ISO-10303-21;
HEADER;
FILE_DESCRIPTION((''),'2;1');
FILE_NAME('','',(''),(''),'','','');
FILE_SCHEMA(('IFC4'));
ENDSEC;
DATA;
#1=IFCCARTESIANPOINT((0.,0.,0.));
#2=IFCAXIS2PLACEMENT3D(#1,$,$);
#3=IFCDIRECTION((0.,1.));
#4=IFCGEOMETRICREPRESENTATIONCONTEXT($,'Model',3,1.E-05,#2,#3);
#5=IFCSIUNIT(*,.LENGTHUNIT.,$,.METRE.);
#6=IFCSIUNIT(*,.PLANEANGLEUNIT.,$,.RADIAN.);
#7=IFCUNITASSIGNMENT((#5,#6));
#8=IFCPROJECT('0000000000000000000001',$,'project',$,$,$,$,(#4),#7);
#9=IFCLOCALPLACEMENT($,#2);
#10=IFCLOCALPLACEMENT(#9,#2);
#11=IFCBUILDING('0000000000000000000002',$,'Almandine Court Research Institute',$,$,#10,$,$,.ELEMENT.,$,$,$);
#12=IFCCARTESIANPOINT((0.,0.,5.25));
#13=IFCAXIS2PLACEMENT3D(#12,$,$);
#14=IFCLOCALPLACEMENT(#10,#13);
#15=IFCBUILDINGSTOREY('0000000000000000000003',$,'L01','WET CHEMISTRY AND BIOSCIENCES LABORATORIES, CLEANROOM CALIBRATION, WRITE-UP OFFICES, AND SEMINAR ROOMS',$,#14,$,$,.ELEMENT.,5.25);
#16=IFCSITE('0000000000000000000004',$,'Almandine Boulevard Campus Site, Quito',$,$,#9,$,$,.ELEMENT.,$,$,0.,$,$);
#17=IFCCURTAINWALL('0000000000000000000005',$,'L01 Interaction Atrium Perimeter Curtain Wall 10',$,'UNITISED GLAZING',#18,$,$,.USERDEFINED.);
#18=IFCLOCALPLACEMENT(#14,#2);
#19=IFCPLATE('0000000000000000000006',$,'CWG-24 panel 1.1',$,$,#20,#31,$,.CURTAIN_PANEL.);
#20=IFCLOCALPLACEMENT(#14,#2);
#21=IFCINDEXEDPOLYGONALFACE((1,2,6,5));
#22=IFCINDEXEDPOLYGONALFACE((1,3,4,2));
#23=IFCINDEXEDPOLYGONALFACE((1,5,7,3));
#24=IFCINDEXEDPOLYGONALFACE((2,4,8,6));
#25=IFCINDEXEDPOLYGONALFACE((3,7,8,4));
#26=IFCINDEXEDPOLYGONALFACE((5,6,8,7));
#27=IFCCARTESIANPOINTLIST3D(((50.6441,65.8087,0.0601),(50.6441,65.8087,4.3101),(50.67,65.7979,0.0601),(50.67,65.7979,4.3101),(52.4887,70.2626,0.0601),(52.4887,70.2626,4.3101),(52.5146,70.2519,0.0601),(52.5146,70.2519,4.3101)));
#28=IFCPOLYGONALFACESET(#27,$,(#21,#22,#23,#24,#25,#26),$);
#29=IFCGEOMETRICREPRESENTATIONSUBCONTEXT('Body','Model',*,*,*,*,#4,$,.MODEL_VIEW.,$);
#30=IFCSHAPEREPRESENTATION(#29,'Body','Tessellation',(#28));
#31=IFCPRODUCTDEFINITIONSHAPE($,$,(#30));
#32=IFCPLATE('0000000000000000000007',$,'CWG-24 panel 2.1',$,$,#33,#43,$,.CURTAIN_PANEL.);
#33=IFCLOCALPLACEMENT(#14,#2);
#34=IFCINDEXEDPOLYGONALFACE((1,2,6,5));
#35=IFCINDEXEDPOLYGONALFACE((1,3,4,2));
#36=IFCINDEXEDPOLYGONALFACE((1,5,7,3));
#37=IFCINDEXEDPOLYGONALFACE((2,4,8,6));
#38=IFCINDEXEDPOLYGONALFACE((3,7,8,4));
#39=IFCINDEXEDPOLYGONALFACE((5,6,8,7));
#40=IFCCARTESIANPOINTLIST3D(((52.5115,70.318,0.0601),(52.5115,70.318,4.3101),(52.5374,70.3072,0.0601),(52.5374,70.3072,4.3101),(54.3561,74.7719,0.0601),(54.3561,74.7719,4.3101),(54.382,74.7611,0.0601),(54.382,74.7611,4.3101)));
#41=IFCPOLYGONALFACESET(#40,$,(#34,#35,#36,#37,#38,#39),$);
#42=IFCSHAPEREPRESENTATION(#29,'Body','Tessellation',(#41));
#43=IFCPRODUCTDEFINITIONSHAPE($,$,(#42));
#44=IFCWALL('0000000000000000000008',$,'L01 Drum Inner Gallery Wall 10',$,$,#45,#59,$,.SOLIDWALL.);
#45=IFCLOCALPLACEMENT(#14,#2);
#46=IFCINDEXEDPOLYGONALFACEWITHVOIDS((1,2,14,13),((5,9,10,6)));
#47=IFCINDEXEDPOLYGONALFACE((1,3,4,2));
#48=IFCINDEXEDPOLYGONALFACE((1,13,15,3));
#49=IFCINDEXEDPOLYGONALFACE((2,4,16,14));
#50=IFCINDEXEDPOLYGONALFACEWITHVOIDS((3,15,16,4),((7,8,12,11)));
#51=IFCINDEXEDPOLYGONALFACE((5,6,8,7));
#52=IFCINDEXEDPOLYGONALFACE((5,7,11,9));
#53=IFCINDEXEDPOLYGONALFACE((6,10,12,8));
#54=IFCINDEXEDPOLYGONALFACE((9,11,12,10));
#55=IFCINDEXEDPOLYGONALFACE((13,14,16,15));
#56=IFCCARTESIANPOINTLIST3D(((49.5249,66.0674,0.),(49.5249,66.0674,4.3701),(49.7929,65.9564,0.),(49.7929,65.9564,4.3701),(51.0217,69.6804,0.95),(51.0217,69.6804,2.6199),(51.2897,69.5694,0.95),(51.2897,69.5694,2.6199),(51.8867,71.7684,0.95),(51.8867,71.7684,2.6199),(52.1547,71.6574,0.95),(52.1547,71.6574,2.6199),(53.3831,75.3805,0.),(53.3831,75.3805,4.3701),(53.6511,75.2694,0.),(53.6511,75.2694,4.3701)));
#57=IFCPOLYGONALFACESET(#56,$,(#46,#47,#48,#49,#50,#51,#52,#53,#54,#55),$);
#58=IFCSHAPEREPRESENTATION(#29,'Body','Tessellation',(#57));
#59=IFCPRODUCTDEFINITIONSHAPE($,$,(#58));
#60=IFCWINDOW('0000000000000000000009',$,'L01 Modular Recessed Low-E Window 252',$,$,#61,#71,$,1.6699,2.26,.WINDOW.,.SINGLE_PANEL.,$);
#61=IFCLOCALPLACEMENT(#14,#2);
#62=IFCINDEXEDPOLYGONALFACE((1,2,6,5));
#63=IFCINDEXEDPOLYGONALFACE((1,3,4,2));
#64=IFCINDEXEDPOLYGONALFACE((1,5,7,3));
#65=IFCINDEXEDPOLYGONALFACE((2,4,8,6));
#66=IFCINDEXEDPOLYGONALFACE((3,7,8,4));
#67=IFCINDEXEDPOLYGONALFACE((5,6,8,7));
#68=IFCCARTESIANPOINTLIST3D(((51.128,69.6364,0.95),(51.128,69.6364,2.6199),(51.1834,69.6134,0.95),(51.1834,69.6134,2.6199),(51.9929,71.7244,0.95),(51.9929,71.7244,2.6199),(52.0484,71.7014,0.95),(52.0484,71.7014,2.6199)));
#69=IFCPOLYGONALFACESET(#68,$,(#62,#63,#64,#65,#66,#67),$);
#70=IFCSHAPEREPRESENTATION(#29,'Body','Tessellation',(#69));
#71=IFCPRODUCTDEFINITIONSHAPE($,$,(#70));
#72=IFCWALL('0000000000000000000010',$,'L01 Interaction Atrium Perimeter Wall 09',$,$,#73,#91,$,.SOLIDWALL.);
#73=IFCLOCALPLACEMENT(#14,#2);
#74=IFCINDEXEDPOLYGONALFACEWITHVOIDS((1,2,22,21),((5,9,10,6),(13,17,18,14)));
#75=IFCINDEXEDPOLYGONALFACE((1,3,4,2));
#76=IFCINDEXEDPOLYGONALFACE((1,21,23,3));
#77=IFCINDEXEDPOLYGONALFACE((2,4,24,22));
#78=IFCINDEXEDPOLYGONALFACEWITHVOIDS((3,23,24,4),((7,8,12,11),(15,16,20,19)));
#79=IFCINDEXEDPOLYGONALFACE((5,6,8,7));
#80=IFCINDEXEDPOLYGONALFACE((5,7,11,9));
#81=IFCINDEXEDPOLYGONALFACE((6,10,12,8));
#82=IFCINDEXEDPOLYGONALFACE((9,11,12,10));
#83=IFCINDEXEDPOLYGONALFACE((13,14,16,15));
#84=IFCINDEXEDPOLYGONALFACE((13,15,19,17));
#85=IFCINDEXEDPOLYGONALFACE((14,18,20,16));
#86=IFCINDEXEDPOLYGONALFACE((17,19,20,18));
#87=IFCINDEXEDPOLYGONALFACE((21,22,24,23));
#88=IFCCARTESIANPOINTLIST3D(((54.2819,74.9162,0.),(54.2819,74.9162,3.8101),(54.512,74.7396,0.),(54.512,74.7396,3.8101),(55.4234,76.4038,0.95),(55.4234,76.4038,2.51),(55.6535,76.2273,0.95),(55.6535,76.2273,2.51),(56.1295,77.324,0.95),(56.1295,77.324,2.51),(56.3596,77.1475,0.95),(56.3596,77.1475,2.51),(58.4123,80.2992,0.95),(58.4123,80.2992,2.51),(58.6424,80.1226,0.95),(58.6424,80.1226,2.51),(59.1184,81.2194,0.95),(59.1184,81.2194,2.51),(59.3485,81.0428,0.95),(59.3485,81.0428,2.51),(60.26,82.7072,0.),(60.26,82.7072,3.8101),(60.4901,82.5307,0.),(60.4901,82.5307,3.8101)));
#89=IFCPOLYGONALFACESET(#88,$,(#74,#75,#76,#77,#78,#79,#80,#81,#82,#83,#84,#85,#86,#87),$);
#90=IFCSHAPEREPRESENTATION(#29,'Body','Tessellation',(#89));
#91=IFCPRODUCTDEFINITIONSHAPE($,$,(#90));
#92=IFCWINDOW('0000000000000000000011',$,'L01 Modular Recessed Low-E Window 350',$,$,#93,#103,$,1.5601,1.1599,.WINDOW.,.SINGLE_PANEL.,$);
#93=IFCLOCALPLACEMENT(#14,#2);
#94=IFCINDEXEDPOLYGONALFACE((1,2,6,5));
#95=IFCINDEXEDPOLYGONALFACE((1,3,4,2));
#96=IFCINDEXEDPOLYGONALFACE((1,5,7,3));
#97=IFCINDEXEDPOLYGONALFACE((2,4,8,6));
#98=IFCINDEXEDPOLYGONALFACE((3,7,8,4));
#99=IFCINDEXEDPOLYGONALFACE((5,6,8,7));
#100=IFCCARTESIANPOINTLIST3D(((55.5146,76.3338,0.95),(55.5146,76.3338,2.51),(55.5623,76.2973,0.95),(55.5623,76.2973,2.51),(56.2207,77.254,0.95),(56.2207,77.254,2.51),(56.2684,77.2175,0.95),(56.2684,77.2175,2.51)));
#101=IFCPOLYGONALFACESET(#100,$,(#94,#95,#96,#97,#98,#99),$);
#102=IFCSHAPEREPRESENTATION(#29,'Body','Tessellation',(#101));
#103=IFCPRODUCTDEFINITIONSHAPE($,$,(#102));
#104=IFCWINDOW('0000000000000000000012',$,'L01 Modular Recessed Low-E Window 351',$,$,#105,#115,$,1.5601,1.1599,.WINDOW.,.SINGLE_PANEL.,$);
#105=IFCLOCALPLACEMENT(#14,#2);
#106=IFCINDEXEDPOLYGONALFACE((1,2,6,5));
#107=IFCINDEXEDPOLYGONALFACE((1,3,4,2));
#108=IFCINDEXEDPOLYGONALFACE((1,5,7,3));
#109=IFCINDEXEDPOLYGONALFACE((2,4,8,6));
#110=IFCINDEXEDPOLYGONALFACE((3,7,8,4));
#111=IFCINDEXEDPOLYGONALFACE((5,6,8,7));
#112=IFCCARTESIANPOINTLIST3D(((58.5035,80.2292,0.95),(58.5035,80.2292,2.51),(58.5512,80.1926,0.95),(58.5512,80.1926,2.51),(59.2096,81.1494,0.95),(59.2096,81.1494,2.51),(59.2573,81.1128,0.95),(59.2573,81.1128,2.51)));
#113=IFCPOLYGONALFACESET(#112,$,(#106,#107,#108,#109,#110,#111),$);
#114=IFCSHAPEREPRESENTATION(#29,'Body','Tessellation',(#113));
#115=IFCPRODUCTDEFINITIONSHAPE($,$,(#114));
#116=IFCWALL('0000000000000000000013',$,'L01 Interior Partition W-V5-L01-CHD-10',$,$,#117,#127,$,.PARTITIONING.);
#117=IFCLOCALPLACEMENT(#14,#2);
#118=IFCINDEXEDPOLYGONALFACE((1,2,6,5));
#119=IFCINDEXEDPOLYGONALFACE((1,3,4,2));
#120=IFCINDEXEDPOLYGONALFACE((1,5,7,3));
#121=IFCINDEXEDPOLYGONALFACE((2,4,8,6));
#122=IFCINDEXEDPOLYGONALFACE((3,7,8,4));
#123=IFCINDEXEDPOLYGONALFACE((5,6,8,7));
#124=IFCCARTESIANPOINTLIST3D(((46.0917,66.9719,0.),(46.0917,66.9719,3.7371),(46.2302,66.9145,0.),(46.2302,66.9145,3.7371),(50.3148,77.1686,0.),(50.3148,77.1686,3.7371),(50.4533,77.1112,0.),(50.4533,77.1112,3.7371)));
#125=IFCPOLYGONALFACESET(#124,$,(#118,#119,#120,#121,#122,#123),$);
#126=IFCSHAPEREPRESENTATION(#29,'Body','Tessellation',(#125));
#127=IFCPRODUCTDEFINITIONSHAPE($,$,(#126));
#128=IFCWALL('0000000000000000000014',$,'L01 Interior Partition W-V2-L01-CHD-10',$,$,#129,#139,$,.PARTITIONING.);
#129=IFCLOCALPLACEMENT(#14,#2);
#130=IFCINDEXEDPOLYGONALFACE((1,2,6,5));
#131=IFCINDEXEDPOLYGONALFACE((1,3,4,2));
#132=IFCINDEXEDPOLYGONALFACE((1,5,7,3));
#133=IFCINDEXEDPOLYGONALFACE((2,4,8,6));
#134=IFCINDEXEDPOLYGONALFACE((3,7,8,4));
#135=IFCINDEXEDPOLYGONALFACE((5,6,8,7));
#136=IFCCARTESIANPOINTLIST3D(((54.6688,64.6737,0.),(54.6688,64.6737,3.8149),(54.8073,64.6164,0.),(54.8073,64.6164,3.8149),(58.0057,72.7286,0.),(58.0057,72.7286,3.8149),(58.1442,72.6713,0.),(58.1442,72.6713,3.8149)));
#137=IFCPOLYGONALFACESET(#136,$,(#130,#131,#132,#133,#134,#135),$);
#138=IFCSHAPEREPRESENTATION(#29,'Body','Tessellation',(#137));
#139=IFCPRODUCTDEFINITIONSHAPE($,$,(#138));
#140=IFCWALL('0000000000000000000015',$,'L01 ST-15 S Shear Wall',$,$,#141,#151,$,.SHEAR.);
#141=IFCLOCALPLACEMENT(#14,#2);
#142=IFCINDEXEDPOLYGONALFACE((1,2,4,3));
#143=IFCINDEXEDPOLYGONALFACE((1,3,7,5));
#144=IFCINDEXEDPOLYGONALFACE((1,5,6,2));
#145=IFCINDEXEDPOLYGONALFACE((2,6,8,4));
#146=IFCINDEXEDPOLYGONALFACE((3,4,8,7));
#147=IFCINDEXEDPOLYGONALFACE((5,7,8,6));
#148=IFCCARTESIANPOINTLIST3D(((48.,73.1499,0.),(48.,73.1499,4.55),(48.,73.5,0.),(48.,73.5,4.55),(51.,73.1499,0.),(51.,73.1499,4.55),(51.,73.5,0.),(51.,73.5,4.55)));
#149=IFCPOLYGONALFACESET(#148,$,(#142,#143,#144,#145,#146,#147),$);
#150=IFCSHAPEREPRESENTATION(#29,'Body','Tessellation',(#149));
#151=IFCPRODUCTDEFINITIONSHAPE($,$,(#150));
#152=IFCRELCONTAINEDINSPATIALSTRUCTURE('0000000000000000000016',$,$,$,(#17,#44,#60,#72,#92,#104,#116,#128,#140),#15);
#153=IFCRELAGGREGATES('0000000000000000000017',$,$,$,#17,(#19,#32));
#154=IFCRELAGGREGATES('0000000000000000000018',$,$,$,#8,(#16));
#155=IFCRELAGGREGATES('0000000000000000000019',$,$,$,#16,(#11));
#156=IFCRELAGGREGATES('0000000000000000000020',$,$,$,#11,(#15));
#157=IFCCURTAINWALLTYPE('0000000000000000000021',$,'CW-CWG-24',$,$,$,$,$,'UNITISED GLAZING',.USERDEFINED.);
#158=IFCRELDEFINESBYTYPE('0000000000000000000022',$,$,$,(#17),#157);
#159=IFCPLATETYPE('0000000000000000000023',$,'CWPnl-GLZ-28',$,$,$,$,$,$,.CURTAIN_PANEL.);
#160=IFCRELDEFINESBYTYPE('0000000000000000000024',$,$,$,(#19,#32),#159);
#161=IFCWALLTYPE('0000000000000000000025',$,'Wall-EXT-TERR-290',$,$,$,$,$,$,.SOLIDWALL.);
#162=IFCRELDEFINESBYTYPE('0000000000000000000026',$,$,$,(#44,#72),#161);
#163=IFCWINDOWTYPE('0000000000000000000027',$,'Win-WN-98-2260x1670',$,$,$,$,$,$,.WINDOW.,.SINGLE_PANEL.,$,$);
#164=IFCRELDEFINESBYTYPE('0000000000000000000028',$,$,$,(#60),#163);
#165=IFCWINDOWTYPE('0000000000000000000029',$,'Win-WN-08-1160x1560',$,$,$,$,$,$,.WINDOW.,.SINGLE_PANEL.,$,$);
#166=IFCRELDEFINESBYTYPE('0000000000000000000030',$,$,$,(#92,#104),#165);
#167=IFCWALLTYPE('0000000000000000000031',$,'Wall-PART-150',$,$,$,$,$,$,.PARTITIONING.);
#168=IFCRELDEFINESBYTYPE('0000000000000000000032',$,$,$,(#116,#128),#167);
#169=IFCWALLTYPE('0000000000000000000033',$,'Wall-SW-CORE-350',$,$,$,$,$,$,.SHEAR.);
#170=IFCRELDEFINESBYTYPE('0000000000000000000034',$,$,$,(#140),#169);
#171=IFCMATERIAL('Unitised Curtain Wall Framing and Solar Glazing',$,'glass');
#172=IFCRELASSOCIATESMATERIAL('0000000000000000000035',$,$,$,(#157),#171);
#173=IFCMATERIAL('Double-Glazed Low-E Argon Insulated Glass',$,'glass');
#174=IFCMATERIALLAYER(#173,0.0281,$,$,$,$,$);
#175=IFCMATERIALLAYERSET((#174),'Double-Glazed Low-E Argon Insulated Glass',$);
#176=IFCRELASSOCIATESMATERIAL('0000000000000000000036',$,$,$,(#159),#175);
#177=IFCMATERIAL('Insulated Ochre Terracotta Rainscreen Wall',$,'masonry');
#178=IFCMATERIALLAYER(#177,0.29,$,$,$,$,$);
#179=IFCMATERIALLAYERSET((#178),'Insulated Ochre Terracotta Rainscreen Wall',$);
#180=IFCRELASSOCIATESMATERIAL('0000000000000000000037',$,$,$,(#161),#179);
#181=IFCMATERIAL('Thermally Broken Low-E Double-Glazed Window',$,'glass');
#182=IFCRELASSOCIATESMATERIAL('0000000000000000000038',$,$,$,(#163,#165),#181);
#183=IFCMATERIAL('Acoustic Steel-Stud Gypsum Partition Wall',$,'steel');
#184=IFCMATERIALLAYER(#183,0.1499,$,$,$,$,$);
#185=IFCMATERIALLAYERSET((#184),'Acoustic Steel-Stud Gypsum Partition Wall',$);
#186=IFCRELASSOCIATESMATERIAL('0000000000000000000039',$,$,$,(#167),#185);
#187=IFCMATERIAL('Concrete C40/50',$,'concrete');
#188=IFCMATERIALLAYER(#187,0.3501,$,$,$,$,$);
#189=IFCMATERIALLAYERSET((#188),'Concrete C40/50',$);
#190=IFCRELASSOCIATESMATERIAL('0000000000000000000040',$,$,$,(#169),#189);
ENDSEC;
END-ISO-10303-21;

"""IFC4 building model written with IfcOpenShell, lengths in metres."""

from ifc_helpers import new_model, si_unit, direction, frame, frame_2d, origin, origin_2d, place, context, subcontext, project, spatial, rectangle, extrude, material, layer, layer_set, type_object, element, fill, aggregate, save


model = new_model("IFC4")

# Units and contexts
model_context = context("Model", 3, precision=1e-05, world=origin(), true_north=direction((0.0, 1.0)))
body_context = subcontext(model_context, "Body", "Model", "MODEL_VIEW")
ifc_project = project(units=[si_unit("LENGTHUNIT", "METRE"), si_unit("PLANEANGLEUNIT", "RADIAN")], contexts=[model_context])

# Site, building, storey
site_placement = place(None, origin())
site = spatial("IfcSite", under=ifc_project, at=site_placement, Name="Almandine Boulevard Campus Site, Quito", CompositionType="ELEMENT", RefElevation=0.0)
building_placement = place(site_placement, origin())
building = spatial("IfcBuilding", under=site, at=building_placement, Name="Almandine Court Research Institute", CompositionType="ELEMENT")
storey_placement = place(building_placement, frame((0.0, 0.0, 5.25)))
storey = spatial("IfcBuildingStorey", under=building, at=storey_placement, Name="L01", Description="WET CHEMISTRY AND BIOSCIENCES LABORATORIES, CLEANROOM CALIBRATION, WRITE-UP OFFICES, AND SEMINAR ROOMS", CompositionType="ELEMENT", Elevation=5.25)

# Curtain wall, plates
ifc_material_1 = material(Name="Unitised Curtain Wall Framing and Solar Glazing", Category="glass")
curtain_wall_type = type_object("IfcCurtainWallType", Name="CW-CWG-24", ElementType="UNITISED GLAZING", PredefinedType="USERDEFINED", material=ifc_material_1)
curtain_wall_placement = place(storey_placement, origin())
curtain_wall = element("IfcCurtainWall", 1, at=curtain_wall_placement, inside=storey, type_object=curtain_wall_type, Name="L01 Interaction Atrium Perimeter Curtain Wall 10", ObjectType="UNITISED GLAZING", PredefinedType="USERDEFINED")
ifc_material_2 = material(Name="Double-Glazed Low-E Argon Insulated Glass", Category="glass")
ifc_layer_1 = layer(ifc_material_2, 0.0281)
ifc_layer_set_1 = layer_set([ifc_layer_1], Name="Double-Glazed Low-E Argon Insulated Glass")
plate_type = type_object("IfcPlateType", Name="CWPnl-GLZ-28", PredefinedType="CURTAIN_PANEL", material=ifc_layer_set_1)
plate_1_placement = place(storey_placement, frame((51.5793, 68.0303, 0.0601), z_axis=(0.0, 0.0, 1.0), x_axis=(0.382634, 0.9239, 0.0)))
plate_1 = element("IfcPlate", 2, at=plate_1_placement, type_object=plate_type, Name="CWG-24 panel 1.1", PredefinedType="CURTAIN_PANEL", context=body_context, shape_type="SweptSolid", body=[
    extrude(rectangle(XDim=4.8208, YDim=0.0281, at=origin_2d()), origin(), (0.0, 0.0, 1.0), 4.25),
])
plate_2_placement = place(storey_placement, frame((53.4468, 72.5396, 0.0601), z_axis=(0.0, 0.0, 1.0), x_axis=(0.382634, 0.9239, 0.0)))
plate_2 = element("IfcPlate", 3, at=plate_2_placement, type_object=plate_type, Name="CWG-24 panel 2.1", PredefinedType="CURTAIN_PANEL", context=body_context, shape_type="SweptSolid", body=[
    extrude(rectangle(XDim=4.8208, YDim=0.0281, at=origin_2d()), origin(), (0.0, 0.0, 1.0), 4.25),
])
aggregate(curtain_wall, [plate_1, plate_2])

# Wall, opening, window
ifc_material_3 = material(Name="Insulated Ochre Terracotta Rainscreen Wall", Category="masonry")
ifc_layer_2 = layer(ifc_material_3, 0.29)
ifc_layer_set_2 = layer_set([ifc_layer_2], Name="Insulated Ochre Terracotta Rainscreen Wall")
wall_type_1 = type_object("IfcWallType", Name="Wall-EXT-TERR-290", PredefinedType="SOLIDWALL", material=ifc_layer_set_2)
wall_1_placement = place(storey_placement, frame((53.5171, 75.325, 0.0), z_axis=(0.0, 0.0, 1.0), x_axis=(-0.382733, -0.923859, 0.0)))
wall_1 = element("IfcWall", 4, at=wall_1_placement, inside=storey, type_object=wall_type_1, Name="L01 Drum Inner Gallery Wall 10", PredefinedType="SOLIDWALL", context=body_context, shape_type="SweptSolid", body=[
    extrude(rectangle(XDim=10.0806, YDim=0.29, at=frame_2d((5.0403, 0.0))), origin(), (0.0, 0.0, 1.0), 4.3701),
])
opening_1_placement = place(wall_1_placement, frame((3.9099, 0.0, 0.95)))
opening_1 = element("IfcOpeningElement", 5, at=opening_1_placement, cuts=wall_1, PredefinedType="OPENING", context=body_context, shape_type="SweptSolid", body=[
    extrude(rectangle(XDim=2.26, YDim=1.6699, at=frame_2d((1.1299, 0.835))), frame((0.0, 0.155, 0.0), z_axis=(0.0, -1.0, 0.0), x_axis=(1.0, 0.0, 0.0)), (0.0, 0.0, 1.0), 0.3101),
])
ifc_material_4 = material(Name="Thermally Broken Low-E Double-Glazed Window", Category="glass")
window_type_1 = type_object("IfcWindowType", Name="Win-WN-98-2260x1670", PartitioningType="SINGLE_PANEL", PredefinedType="WINDOW", material=ifc_material_4)
window_1_placement = place(opening_1_placement, origin())
window_1 = element("IfcWindow", 6, at=window_1_placement, inside=storey, type_object=window_type_1, Name="L01 Modular Recessed Low-E Window 252", OverallHeight=1.6699, OverallWidth=2.26, PartitioningType="SINGLE_PANEL", PredefinedType="WINDOW", context=body_context, shape_type="SweptSolid", body=[
    extrude(rectangle(XDim=2.26, YDim=1.6699, at=frame_2d((1.1299, 0.835))), frame((0.0, 0.03, 0.0), z_axis=(0.0, -1.0, 0.0), x_axis=(1.0, 0.0, 0.0)), (0.0, 0.0, 1.0), 0.0601),
])
fill(opening_1, window_1)

# Wall, openings, windows
wall_2_placement = place(storey_placement, frame((54.397, 74.8279, 0.0), z_axis=(0.0, 0.0, 1.0), x_axis=(0.608747, 0.793365, 0.0)))
wall_2 = element("IfcWall", 7, at=wall_2_placement, inside=storey, type_object=wall_type_1, Name="L01 Interaction Atrium Perimeter Wall 09", PredefinedType="SOLIDWALL", context=body_context, shape_type="SweptSolid", body=[
    extrude(rectangle(XDim=9.8203, YDim=0.29, at=frame_2d((4.9102, 0.0))), origin(), (0.0, 0.0, 1.0), 3.8101),
])
opening_2_placement = place(wall_2_placement, frame((1.875, 0.0, 0.95)))
opening_2 = element("IfcOpeningElement", 8, at=opening_2_placement, cuts=wall_2, PredefinedType="OPENING", context=body_context, shape_type="SweptSolid", body=[
    extrude(rectangle(XDim=1.1599, YDim=1.5601, at=frame_2d((0.5801, 0.78))), frame((0.0, 0.155, 0.0), z_axis=(0.0, -1.0, 0.0), x_axis=(1.0, 0.0, 0.0)), (0.0, 0.0, 1.0), 0.3101),
])
opening_3_placement = place(wall_2_placement, frame((6.7849, 0.0, 0.95)))
opening_3 = element("IfcOpeningElement", 9, at=opening_3_placement, cuts=wall_2, PredefinedType="OPENING", context=body_context, shape_type="SweptSolid", body=[
    extrude(rectangle(XDim=1.1599, YDim=1.5601, at=frame_2d((0.5801, 0.78))), frame((0.0, 0.155, 0.0), z_axis=(0.0, -1.0, 0.0), x_axis=(1.0, 0.0, 0.0)), (0.0, 0.0, 1.0), 0.3101),
])
window_type_2 = type_object("IfcWindowType", Name="Win-WN-08-1160x1560", PartitioningType="SINGLE_PANEL", PredefinedType="WINDOW", material=ifc_material_4)
window_2_placement = place(opening_2_placement, origin())
window_2 = element("IfcWindow", 10, at=window_2_placement, inside=storey, type_object=window_type_2, Name="L01 Modular Recessed Low-E Window 350", OverallHeight=1.5601, OverallWidth=1.1599, PartitioningType="SINGLE_PANEL", PredefinedType="WINDOW", context=body_context, shape_type="SweptSolid", body=[
    extrude(rectangle(XDim=1.1599, YDim=1.5601, at=frame_2d((0.5801, 0.78))), frame((0.0, 0.03, 0.0), z_axis=(0.0, -1.0, 0.0), x_axis=(1.0, 0.0, 0.0)), (0.0, 0.0, 1.0), 0.0601),
])
fill(opening_2, window_2)
window_3_placement = place(opening_3_placement, origin())
window_3 = element("IfcWindow", 11, at=window_3_placement, inside=storey, type_object=window_type_2, Name="L01 Modular Recessed Low-E Window 351", OverallHeight=1.5601, OverallWidth=1.1599, PartitioningType="SINGLE_PANEL", PredefinedType="WINDOW", context=body_context, shape_type="SweptSolid", body=[
    extrude(rectangle(XDim=1.1599, YDim=1.5601, at=frame_2d((0.5801, 0.78))), frame((0.0, 0.03, 0.0), z_axis=(0.0, -1.0, 0.0), x_axis=(1.0, 0.0, 0.0)), (0.0, 0.0, 1.0), 0.0601),
])
fill(opening_3, window_3)

# Walls
ifc_material_5 = material(Name="Acoustic Steel-Stud Gypsum Partition Wall", Category="steel")
ifc_layer_3 = layer(ifc_material_5, 0.1499)
ifc_layer_set_3 = layer_set([ifc_layer_3], Name="Acoustic Steel-Stud Gypsum Partition Wall")
wall_type_2 = type_object("IfcWallType", Name="Wall-PART-150", PredefinedType="PARTITIONING", material=ifc_layer_set_3)
wall_3_placement = place(storey_placement, frame((50.384, 77.1399, 0.0), z_axis=(0.0, 0.0, 1.0), x_axis=(-0.382645, -0.923896, 0.0)))
element("IfcWall", 12, at=wall_3_placement, inside=storey, type_object=wall_type_2, Name="L01 Interior Partition W-V5-L01-CHD-10", PredefinedType="PARTITIONING", context=body_context, shape_type="SweptSolid", body=[
    extrude(rectangle(XDim=11.0366, YDim=0.1499, at=frame_2d((5.5183, 0.0))), origin(), (0.0, 0.0, 1.0), 3.7371),
])
wall_4_placement = place(storey_placement, frame((58.075, 72.7, 0.0), z_axis=(0.0, 0.0, 1.0), x_axis=(-0.382728, -0.923861, 0.0)))
element("IfcWall", 13, at=wall_4_placement, inside=storey, type_object=wall_type_2, Name="L01 Interior Partition W-V2-L01-CHD-10", PredefinedType="PARTITIONING", context=body_context, shape_type="SweptSolid", body=[
    extrude(rectangle(XDim=8.7188, YDim=0.1499, at=frame_2d((4.3594, 0.0))), origin(), (0.0, 0.0, 1.0), 3.8149),
])
ifc_material_6 = material(Name="Concrete C40/50", Category="concrete")
ifc_layer_4 = layer(ifc_material_6, 0.3501)
ifc_layer_set_4 = layer_set([ifc_layer_4], Name="Concrete C40/50")
wall_type_3 = type_object("IfcWallType", Name="Wall-SW-CORE-350", PredefinedType="SHEAR", material=ifc_layer_set_4)
wall_5_placement = place(storey_placement, frame((51.0, 73.325, 0.0), z_axis=(0.0, 0.0, 1.0), x_axis=(-1.0, 0.0, 0.0)))
element("IfcWall", 14, at=wall_5_placement, inside=storey, type_object=wall_type_3, Name="L01 ST-15 S Shear Wall", PredefinedType="SHEAR", context=body_context, shape_type="SweptSolid", body=[
    extrude(rectangle(XDim=3.0, YDim=0.3501, at=frame_2d((1.5, 0.0))), origin(), (0.0, 0.0, 1.0), 4.55),
])

save(model, "model.ifc")
